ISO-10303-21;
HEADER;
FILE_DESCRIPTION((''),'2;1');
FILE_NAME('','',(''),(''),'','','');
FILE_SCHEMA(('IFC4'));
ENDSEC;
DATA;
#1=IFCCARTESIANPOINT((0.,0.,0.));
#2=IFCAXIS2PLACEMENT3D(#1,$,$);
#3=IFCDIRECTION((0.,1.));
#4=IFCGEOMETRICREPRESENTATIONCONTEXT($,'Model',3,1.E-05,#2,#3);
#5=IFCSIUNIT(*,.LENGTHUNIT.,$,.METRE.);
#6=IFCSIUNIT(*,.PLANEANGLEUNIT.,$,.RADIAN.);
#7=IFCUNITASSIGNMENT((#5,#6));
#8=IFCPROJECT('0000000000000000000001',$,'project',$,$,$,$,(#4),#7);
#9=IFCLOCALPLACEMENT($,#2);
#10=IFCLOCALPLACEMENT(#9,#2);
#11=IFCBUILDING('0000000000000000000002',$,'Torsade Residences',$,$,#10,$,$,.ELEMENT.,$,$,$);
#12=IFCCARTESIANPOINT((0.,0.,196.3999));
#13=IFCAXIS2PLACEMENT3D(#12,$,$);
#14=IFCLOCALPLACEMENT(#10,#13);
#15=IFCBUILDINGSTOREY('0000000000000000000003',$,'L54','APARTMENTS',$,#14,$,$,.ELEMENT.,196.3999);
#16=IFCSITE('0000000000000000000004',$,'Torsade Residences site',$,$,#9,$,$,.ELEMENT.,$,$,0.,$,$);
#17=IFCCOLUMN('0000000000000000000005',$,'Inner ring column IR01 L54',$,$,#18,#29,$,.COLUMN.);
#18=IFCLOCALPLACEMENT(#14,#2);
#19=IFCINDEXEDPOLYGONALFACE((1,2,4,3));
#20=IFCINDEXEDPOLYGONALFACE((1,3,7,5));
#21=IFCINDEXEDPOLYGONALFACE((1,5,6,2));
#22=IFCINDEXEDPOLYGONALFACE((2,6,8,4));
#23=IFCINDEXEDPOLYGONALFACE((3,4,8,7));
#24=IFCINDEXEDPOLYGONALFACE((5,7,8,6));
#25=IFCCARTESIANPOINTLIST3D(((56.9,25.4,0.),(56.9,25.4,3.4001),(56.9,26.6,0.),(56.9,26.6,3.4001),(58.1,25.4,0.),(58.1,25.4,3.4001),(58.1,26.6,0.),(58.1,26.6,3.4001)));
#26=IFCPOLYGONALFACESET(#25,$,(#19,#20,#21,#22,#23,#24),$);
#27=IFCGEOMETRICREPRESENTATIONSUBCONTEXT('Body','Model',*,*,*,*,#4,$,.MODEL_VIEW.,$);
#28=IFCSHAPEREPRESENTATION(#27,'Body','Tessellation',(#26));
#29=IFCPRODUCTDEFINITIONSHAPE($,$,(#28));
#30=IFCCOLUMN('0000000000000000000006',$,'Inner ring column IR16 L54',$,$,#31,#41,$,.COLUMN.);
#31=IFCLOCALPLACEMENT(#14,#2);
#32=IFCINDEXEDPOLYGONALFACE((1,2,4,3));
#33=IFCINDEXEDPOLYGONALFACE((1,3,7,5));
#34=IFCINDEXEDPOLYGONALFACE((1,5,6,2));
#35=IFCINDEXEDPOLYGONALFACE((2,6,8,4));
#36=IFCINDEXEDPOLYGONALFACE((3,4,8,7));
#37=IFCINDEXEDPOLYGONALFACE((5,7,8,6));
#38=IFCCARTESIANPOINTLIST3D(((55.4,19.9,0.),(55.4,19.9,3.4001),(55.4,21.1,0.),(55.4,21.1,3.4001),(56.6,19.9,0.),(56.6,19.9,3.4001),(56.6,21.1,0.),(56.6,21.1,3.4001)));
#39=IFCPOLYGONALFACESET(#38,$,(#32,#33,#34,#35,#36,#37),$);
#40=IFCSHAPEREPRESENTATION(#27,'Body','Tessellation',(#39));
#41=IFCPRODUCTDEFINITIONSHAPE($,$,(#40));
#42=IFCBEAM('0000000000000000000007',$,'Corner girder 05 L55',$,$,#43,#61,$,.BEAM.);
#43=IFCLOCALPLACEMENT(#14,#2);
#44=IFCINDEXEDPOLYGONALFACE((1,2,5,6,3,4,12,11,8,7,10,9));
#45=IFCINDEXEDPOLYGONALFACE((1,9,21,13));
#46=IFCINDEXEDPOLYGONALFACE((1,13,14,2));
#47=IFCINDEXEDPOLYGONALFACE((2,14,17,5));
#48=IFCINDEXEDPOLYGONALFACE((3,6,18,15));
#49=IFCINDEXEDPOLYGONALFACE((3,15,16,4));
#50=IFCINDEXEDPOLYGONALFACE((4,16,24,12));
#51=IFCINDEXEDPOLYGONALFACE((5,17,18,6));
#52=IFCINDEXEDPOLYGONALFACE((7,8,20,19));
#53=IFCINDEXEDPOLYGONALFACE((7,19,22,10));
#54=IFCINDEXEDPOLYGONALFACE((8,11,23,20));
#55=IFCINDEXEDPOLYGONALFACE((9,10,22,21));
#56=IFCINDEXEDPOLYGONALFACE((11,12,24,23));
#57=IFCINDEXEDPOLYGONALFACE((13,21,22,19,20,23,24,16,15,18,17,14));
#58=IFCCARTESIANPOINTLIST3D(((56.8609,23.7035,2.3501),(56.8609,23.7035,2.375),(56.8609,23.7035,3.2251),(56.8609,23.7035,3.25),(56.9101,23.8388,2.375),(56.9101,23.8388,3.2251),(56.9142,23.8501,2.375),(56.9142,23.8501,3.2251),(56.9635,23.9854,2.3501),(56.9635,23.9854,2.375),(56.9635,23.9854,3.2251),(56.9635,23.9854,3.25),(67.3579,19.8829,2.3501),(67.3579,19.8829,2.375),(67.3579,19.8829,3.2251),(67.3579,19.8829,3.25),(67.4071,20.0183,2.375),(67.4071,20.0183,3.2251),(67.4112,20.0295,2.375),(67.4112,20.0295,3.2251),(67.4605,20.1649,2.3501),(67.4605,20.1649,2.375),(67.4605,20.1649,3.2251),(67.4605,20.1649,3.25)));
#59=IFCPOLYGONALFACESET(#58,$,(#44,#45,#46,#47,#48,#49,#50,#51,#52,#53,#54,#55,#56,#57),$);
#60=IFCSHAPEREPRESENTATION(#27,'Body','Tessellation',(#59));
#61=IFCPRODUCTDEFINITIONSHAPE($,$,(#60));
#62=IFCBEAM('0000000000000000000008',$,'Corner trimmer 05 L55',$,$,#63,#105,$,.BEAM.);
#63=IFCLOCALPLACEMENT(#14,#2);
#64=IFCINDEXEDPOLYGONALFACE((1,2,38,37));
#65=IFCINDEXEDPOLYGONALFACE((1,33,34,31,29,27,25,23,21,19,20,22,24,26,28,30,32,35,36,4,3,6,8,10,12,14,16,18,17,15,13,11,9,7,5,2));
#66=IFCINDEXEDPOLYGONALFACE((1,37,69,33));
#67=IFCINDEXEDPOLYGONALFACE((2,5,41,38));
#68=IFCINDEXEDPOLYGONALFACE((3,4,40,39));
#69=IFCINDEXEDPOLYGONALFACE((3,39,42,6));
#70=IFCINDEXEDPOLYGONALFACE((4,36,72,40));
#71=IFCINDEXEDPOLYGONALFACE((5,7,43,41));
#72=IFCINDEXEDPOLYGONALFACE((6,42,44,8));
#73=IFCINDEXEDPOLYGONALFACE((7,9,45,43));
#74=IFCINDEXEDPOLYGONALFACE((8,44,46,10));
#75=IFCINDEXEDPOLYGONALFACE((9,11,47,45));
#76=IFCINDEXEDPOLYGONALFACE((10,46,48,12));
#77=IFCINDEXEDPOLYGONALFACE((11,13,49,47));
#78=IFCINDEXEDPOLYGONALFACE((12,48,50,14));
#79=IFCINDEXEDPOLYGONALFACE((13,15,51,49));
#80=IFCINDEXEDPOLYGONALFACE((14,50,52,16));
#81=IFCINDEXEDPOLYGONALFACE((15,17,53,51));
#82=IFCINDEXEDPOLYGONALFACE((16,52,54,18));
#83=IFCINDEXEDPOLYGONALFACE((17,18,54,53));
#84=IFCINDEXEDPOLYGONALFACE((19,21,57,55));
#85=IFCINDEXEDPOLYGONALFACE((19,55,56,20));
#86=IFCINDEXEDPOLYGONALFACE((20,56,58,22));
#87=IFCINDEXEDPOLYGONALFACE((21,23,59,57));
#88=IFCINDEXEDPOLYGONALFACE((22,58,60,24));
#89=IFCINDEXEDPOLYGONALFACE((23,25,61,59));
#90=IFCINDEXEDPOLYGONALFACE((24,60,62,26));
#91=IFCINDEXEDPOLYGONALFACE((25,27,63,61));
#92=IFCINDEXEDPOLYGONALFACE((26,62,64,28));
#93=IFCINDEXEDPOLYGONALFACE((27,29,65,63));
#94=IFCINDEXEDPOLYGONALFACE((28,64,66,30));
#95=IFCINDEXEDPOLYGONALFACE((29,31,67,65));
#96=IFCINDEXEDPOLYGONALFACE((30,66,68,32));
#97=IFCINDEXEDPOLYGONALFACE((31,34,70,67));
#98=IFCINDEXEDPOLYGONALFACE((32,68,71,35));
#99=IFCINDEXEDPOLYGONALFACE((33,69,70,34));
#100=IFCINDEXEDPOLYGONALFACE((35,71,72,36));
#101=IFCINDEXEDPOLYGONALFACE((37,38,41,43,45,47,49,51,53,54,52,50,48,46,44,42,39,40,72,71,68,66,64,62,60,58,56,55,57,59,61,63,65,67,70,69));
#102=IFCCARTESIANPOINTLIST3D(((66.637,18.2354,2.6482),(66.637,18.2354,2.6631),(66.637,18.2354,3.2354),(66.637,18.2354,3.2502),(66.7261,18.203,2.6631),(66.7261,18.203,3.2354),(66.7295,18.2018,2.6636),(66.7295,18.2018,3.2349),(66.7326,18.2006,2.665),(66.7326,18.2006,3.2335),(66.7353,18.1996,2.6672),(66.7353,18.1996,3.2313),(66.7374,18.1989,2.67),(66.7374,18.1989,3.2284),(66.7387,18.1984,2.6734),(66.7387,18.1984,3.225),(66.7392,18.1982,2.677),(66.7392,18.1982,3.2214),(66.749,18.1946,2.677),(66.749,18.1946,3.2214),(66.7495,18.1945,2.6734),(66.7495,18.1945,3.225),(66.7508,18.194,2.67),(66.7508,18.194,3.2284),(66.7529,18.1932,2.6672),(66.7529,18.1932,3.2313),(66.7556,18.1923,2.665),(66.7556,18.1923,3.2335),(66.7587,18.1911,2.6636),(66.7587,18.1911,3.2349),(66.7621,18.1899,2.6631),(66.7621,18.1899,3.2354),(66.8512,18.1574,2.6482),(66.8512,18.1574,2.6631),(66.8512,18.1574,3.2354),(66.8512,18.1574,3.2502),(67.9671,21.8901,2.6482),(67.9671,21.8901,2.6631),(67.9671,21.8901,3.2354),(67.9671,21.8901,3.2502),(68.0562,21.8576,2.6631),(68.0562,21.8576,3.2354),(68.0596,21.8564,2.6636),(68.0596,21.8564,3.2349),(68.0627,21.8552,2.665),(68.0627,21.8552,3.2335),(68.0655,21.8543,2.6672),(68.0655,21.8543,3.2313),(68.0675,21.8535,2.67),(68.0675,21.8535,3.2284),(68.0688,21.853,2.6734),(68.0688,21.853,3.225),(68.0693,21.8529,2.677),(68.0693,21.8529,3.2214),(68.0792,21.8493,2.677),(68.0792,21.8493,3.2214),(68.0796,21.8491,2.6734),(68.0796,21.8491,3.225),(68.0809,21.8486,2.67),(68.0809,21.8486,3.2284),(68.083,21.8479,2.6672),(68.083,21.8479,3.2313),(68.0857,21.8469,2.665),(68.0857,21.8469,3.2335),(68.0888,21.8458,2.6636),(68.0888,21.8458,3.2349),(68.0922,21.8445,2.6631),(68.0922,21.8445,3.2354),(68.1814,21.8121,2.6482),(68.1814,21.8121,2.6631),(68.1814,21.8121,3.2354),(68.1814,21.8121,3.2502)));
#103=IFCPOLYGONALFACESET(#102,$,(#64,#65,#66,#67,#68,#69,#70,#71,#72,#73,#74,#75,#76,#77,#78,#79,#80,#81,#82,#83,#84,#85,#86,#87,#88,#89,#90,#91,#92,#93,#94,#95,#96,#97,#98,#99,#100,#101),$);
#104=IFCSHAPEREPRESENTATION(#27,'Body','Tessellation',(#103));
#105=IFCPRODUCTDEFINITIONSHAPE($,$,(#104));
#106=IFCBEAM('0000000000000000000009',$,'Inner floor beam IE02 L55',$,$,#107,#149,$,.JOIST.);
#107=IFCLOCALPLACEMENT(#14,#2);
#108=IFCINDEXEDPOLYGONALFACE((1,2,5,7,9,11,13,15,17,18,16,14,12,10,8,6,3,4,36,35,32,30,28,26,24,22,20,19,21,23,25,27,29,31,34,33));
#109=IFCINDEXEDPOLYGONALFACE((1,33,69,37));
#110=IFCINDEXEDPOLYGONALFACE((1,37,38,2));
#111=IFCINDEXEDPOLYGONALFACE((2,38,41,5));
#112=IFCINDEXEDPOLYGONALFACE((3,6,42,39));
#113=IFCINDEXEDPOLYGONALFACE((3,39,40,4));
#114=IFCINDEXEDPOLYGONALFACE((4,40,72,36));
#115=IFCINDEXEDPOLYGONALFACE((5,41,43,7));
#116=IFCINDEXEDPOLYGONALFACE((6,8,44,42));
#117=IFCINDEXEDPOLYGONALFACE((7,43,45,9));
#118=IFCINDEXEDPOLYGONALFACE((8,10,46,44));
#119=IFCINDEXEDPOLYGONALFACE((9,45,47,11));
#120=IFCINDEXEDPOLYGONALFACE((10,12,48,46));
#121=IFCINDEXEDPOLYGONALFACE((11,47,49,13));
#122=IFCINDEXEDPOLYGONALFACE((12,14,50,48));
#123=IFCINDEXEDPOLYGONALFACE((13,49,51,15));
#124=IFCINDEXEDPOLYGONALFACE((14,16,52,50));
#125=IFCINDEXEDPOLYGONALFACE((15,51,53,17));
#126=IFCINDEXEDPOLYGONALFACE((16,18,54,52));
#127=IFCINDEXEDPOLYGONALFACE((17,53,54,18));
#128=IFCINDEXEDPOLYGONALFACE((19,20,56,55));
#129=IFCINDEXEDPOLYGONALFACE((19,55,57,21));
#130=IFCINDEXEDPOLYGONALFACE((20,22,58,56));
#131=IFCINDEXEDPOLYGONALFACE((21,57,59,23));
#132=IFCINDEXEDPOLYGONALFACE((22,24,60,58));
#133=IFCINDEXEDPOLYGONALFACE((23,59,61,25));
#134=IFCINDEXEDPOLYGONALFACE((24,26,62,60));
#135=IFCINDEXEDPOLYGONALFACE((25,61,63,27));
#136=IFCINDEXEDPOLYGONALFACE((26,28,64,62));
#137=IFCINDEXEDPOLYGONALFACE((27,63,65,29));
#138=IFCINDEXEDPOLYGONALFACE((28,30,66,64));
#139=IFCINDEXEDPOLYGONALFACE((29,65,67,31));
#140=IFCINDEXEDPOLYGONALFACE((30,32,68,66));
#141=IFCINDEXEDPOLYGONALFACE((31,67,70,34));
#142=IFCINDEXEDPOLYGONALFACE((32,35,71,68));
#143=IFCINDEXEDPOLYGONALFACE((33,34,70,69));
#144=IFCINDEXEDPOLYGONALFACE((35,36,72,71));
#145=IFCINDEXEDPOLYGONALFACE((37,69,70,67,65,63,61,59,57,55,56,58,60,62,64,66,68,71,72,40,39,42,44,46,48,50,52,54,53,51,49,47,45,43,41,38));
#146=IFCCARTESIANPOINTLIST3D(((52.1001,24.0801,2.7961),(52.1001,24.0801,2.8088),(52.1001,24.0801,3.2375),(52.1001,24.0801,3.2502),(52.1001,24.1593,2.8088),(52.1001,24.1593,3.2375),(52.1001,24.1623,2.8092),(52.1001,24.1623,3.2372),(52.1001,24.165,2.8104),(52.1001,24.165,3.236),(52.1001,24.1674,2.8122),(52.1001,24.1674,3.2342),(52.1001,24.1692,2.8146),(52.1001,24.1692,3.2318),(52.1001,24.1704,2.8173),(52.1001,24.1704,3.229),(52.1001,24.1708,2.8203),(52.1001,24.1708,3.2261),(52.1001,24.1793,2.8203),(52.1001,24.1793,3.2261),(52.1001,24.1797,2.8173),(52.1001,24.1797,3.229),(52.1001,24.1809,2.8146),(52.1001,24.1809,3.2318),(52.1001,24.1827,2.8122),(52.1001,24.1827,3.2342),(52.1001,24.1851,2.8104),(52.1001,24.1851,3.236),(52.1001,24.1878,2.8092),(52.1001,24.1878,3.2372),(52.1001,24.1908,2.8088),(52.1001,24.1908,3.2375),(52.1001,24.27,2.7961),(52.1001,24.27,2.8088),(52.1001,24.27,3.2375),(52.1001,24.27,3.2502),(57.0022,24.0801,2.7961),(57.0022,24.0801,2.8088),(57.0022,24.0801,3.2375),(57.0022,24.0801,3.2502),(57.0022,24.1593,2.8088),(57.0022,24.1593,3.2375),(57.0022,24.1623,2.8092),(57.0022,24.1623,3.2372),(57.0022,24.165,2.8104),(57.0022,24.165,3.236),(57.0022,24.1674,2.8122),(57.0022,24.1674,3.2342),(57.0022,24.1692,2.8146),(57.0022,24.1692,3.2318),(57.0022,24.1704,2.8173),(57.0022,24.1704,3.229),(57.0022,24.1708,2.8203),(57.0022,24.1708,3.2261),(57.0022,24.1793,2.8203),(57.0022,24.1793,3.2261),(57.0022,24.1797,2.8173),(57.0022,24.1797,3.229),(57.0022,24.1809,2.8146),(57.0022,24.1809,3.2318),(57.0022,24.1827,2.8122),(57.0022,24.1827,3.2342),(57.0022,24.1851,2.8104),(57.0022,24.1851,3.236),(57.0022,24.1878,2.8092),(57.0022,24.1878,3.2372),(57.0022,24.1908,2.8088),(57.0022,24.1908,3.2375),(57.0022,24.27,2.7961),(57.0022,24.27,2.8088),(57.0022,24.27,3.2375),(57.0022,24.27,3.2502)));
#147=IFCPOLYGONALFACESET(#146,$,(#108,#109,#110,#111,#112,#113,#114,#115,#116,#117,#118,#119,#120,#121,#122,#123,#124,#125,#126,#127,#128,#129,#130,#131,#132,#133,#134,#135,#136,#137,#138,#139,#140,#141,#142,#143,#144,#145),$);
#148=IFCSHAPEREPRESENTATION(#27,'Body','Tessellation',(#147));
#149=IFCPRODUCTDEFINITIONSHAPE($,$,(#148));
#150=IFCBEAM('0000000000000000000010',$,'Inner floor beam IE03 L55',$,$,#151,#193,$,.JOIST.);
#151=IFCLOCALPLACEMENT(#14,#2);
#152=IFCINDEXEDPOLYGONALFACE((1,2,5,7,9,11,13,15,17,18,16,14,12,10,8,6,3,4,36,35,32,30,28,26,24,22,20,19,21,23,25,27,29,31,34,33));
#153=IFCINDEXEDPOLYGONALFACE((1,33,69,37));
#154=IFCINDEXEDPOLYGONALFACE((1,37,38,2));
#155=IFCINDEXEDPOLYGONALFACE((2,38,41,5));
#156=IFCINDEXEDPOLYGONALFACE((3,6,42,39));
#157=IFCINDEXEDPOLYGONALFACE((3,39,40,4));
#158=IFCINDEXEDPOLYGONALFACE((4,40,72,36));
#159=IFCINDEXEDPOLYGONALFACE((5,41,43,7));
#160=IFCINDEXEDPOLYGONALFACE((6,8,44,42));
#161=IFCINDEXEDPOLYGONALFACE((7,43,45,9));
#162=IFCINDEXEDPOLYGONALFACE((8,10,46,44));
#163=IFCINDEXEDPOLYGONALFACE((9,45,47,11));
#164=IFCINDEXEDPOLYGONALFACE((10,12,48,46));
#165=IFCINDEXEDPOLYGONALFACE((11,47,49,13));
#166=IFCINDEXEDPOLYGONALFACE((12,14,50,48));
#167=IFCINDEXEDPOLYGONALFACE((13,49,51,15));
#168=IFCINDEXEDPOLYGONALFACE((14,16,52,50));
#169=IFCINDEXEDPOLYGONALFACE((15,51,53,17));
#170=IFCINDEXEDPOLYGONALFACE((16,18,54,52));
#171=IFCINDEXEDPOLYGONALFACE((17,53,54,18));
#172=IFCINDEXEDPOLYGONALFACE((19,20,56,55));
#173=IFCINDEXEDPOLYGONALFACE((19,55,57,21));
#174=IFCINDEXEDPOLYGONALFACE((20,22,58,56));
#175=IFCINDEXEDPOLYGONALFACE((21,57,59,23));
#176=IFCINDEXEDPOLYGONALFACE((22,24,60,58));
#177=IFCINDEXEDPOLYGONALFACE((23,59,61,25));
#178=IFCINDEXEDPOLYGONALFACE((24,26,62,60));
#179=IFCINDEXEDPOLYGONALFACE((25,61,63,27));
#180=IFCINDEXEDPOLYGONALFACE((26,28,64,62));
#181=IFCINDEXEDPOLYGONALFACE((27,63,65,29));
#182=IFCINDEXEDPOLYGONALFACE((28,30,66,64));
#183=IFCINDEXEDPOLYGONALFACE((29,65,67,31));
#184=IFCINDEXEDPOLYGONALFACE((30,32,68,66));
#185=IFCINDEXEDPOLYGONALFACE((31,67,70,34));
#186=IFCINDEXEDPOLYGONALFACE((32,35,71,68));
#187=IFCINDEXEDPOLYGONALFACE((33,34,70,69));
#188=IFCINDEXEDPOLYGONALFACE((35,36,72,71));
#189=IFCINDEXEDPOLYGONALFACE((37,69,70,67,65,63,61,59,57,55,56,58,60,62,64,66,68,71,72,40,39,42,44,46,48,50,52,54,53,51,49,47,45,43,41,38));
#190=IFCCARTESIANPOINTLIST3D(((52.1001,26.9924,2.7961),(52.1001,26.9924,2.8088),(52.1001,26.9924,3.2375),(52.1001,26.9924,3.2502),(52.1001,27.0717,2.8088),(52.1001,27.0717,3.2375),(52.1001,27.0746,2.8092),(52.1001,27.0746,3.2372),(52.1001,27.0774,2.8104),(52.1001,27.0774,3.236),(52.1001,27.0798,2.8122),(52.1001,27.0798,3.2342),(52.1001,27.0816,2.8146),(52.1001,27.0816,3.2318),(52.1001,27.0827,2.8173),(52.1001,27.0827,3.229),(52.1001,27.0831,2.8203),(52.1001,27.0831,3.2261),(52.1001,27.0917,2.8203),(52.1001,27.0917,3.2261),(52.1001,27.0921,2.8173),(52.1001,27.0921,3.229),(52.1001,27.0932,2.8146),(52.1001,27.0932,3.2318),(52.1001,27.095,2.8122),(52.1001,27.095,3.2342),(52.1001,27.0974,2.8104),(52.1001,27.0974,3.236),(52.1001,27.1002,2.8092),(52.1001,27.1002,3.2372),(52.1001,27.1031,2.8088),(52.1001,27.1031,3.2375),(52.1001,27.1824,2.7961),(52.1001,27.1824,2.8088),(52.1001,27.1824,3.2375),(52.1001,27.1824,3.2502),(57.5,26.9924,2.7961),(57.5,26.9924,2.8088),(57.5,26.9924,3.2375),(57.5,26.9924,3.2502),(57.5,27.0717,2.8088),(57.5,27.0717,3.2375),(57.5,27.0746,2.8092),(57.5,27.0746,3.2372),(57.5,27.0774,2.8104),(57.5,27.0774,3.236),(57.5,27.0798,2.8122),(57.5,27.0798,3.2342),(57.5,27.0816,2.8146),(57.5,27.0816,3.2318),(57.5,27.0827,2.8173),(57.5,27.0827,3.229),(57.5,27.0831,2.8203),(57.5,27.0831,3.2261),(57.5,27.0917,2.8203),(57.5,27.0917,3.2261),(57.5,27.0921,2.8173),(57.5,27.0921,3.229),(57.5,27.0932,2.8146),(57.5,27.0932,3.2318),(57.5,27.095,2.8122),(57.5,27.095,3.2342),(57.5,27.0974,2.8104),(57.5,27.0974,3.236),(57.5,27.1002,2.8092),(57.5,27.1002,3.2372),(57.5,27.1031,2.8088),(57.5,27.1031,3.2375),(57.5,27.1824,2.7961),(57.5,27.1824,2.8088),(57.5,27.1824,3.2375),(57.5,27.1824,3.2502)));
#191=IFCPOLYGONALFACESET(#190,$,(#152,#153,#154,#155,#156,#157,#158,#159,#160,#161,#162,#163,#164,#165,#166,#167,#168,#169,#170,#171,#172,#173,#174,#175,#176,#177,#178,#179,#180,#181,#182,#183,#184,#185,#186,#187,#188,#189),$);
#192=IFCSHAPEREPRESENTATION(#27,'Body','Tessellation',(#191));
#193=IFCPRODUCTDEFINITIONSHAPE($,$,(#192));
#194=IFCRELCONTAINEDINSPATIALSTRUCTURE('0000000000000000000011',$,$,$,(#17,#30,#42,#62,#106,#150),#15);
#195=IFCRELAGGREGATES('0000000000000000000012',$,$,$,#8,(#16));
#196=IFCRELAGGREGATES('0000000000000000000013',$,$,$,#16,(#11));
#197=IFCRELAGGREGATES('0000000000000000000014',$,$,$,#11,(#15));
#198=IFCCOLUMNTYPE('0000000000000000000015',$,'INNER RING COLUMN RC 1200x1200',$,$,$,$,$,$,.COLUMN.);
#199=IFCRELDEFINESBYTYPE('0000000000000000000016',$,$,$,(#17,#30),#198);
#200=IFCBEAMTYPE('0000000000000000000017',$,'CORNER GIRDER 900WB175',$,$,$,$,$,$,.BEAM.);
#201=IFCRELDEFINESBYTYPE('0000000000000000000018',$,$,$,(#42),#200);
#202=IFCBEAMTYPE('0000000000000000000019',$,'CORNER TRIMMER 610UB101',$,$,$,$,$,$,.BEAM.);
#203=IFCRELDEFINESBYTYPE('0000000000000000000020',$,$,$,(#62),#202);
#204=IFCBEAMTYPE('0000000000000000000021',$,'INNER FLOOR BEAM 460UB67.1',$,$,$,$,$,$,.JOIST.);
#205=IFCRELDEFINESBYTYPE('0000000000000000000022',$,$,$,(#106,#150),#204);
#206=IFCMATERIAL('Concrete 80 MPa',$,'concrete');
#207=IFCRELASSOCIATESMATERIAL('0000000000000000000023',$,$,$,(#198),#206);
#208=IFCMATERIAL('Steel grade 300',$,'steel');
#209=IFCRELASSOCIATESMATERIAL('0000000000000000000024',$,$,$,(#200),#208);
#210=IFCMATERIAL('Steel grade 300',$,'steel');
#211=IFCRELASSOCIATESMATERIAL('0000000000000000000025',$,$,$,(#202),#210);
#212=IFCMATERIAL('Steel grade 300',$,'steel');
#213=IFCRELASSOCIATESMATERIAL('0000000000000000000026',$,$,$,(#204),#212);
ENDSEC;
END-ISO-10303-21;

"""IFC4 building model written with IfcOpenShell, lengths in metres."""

from ifc_helpers import new_model, si_unit, direction, frame, origin, origin_2d, place, context, subcontext, project, spatial, rectangle, i_section, extrude, material, material_profile, profile_set, type_object, element, save


model = new_model("IFC4")

# Units and contexts
model_context = context("Model", 3, precision=1e-05, world=origin(), true_north=direction((0.0, 1.0)))
body_context = subcontext(model_context, "Body", "Model", "MODEL_VIEW")
ifc_project = project(units=[si_unit("LENGTHUNIT", "METRE"), si_unit("PLANEANGLEUNIT", "RADIAN")], contexts=[model_context])

# Site, building, storey
site_placement = place(None, origin())
site = spatial("IfcSite", under=ifc_project, at=site_placement, Name="Torsade Residences site", CompositionType="ELEMENT", RefElevation=0.0)
building_placement = place(site_placement, origin())
building = spatial("IfcBuilding", under=site, at=building_placement, Name="Torsade Residences", CompositionType="ELEMENT")
storey_placement = place(building_placement, frame((0.0, 0.0, 196.3999)))
storey = spatial("IfcBuildingStorey", under=building, at=storey_placement, Name="L54", Description="APARTMENTS", CompositionType="ELEMENT", Elevation=196.3999)

# Columns
ifc_material_1 = material(Name="Concrete 80 MPa", Category="concrete")
ifc_material_profile_1 = material_profile(ifc_material_1, rectangle(XDim=1.2, YDim=1.2, at=origin_2d()), Name="RC 1200x1200")
ifc_profile_set_1 = profile_set([ifc_material_profile_1], Name="Concrete 80 MPa")
column_type = type_object("IfcColumnType", Name="INNER RING COLUMN RC 1200x1200", PredefinedType="COLUMN", material=ifc_profile_set_1)
for number, where, z_axis, x_axis, name in (
    (1, (57.5, 26.0, 0.0), (0.0, 0.0, 1.0), (1.0, 0.0, 0.0), "Inner ring column IR01 L54"),
    (2, (56.0, 20.5, 0.0), (0.0, 0.0, 1.0), (1.0, 0.0, 0.0), "Inner ring column IR16 L54"),
):
    element("IfcColumn", number, at=place(storey_placement, frame(where, z_axis=z_axis, x_axis=x_axis)), inside=storey, type_object=column_type, Name=name, PredefinedType="COLUMN", context=body_context, shape_type="SweptSolid", body=[
        extrude(rectangle(XDim=1.2, YDim=1.2, at=origin_2d()), origin(), (0.0, 0.0, 1.0), 3.4001),
    ])

# Beams
ifc_material_2 = material(Name="Steel grade 300", Category="steel")
ifc_material_profile_2 = material_profile(ifc_material_2, i_section(OverallWidth=0.3, OverallDepth=0.8999, WebThickness=0.012, FlangeThickness=0.0249, at=origin_2d()), Name="900WB175")
ifc_profile_set_2 = profile_set([ifc_material_profile_2], Name="Steel grade 300")
beam_type_1 = type_object("IfcBeamType", Name="CORNER GIRDER 900WB175", PredefinedType="BEAM", material=ifc_profile_set_2)
beam_1_placement = place(storey_placement, frame((67.4092, 20.0239, 2.8), z_axis=(-0.939694, 0.342015, 0.0), x_axis=(-0.342015, -0.939694, 0.0)))
element("IfcBeam", 3, at=beam_1_placement, inside=storey, type_object=beam_type_1, Name="Corner girder 05 L55", PredefinedType="BEAM", context=body_context, shape_type="SweptSolid", body=[
    extrude(i_section(OverallWidth=0.3, OverallDepth=0.8999, WebThickness=0.012, FlangeThickness=0.0249, at=origin_2d()), origin(), (0.0, 0.0, 1.0), 11.1707),
])
ifc_material_3 = material(Name="Steel grade 300", Category="steel")
ifc_material_profile_3 = material_profile(ifc_material_3, i_section(OverallWidth=0.228, OverallDepth=0.6021, WebThickness=0.0105, FlangeThickness=0.0149, FilletRadius=0.0139, at=origin_2d()), Name="610UB101")
ifc_profile_set_3 = profile_set([ifc_material_profile_3], Name="Steel grade 300")
beam_type_2 = type_object("IfcBeamType", Name="CORNER TRIMMER 610UB101", PredefinedType="BEAM", material=ifc_profile_set_3)
beam_2_placement = place(storey_placement, frame((68.0742, 21.8511, 2.9492), z_axis=(-0.342005, -0.939698, 0.0), x_axis=(0.939698, -0.342005, 0.0)))
element("IfcBeam", 4, at=beam_2_placement, inside=storey, type_object=beam_type_2, Name="Corner trimmer 05 L55", PredefinedType="BEAM", context=body_context, shape_type="SweptSolid", body=[
    extrude(i_section(OverallWidth=0.228, OverallDepth=0.6021, WebThickness=0.0105, FlangeThickness=0.0149, FilletRadius=0.0139, at=origin_2d()), origin(), (0.0, 0.0, 1.0), 3.8892),
])
ifc_material_4 = material(Name="Steel grade 300", Category="steel")
ifc_material_profile_4 = material_profile(ifc_material_4, i_section(OverallWidth=0.1899, OverallDepth=0.4541, WebThickness=0.0085, FlangeThickness=0.0127, FilletRadius=0.0115, at=origin_2d()), Name="460UB67.1")
ifc_profile_set_4 = profile_set([ifc_material_profile_4], Name="Steel grade 300")
beam_type_3 = type_object("IfcBeamType", Name="INNER FLOOR BEAM 460UB67.1", PredefinedType="JOIST", material=ifc_profile_set_4)
beam_3_placement = place(storey_placement, frame((52.1001, 24.175, 3.0232), z_axis=(1.0, 0.0, 0.0), x_axis=(0.0, 1.0, 0.0)))
element("IfcBeam", 5, at=beam_3_placement, inside=storey, type_object=beam_type_3, Name="Inner floor beam IE02 L55", PredefinedType="JOIST", context=body_context, shape_type="SweptSolid", body=[
    extrude(i_section(OverallWidth=0.1899, OverallDepth=0.4541, WebThickness=0.0085, FlangeThickness=0.0127, FilletRadius=0.0115, at=origin_2d()), origin(), (0.0, 0.0, 1.0), 4.9021),
])
beam_4_placement = place(storey_placement, frame((52.1001, 27.0874, 3.0232), z_axis=(1.0, 0.0, 0.0), x_axis=(0.0, 1.0, 0.0)))
element("IfcBeam", 6, at=beam_4_placement, inside=storey, type_object=beam_type_3, Name="Inner floor beam IE03 L55", PredefinedType="JOIST", context=body_context, shape_type="SweptSolid", body=[
    extrude(i_section(OverallWidth=0.1899, OverallDepth=0.4541, WebThickness=0.0085, FlangeThickness=0.0127, FilletRadius=0.0115, at=origin_2d()), origin(), (0.0, 0.0, 1.0), 5.3999),
])

save(model, "model.ifc")
